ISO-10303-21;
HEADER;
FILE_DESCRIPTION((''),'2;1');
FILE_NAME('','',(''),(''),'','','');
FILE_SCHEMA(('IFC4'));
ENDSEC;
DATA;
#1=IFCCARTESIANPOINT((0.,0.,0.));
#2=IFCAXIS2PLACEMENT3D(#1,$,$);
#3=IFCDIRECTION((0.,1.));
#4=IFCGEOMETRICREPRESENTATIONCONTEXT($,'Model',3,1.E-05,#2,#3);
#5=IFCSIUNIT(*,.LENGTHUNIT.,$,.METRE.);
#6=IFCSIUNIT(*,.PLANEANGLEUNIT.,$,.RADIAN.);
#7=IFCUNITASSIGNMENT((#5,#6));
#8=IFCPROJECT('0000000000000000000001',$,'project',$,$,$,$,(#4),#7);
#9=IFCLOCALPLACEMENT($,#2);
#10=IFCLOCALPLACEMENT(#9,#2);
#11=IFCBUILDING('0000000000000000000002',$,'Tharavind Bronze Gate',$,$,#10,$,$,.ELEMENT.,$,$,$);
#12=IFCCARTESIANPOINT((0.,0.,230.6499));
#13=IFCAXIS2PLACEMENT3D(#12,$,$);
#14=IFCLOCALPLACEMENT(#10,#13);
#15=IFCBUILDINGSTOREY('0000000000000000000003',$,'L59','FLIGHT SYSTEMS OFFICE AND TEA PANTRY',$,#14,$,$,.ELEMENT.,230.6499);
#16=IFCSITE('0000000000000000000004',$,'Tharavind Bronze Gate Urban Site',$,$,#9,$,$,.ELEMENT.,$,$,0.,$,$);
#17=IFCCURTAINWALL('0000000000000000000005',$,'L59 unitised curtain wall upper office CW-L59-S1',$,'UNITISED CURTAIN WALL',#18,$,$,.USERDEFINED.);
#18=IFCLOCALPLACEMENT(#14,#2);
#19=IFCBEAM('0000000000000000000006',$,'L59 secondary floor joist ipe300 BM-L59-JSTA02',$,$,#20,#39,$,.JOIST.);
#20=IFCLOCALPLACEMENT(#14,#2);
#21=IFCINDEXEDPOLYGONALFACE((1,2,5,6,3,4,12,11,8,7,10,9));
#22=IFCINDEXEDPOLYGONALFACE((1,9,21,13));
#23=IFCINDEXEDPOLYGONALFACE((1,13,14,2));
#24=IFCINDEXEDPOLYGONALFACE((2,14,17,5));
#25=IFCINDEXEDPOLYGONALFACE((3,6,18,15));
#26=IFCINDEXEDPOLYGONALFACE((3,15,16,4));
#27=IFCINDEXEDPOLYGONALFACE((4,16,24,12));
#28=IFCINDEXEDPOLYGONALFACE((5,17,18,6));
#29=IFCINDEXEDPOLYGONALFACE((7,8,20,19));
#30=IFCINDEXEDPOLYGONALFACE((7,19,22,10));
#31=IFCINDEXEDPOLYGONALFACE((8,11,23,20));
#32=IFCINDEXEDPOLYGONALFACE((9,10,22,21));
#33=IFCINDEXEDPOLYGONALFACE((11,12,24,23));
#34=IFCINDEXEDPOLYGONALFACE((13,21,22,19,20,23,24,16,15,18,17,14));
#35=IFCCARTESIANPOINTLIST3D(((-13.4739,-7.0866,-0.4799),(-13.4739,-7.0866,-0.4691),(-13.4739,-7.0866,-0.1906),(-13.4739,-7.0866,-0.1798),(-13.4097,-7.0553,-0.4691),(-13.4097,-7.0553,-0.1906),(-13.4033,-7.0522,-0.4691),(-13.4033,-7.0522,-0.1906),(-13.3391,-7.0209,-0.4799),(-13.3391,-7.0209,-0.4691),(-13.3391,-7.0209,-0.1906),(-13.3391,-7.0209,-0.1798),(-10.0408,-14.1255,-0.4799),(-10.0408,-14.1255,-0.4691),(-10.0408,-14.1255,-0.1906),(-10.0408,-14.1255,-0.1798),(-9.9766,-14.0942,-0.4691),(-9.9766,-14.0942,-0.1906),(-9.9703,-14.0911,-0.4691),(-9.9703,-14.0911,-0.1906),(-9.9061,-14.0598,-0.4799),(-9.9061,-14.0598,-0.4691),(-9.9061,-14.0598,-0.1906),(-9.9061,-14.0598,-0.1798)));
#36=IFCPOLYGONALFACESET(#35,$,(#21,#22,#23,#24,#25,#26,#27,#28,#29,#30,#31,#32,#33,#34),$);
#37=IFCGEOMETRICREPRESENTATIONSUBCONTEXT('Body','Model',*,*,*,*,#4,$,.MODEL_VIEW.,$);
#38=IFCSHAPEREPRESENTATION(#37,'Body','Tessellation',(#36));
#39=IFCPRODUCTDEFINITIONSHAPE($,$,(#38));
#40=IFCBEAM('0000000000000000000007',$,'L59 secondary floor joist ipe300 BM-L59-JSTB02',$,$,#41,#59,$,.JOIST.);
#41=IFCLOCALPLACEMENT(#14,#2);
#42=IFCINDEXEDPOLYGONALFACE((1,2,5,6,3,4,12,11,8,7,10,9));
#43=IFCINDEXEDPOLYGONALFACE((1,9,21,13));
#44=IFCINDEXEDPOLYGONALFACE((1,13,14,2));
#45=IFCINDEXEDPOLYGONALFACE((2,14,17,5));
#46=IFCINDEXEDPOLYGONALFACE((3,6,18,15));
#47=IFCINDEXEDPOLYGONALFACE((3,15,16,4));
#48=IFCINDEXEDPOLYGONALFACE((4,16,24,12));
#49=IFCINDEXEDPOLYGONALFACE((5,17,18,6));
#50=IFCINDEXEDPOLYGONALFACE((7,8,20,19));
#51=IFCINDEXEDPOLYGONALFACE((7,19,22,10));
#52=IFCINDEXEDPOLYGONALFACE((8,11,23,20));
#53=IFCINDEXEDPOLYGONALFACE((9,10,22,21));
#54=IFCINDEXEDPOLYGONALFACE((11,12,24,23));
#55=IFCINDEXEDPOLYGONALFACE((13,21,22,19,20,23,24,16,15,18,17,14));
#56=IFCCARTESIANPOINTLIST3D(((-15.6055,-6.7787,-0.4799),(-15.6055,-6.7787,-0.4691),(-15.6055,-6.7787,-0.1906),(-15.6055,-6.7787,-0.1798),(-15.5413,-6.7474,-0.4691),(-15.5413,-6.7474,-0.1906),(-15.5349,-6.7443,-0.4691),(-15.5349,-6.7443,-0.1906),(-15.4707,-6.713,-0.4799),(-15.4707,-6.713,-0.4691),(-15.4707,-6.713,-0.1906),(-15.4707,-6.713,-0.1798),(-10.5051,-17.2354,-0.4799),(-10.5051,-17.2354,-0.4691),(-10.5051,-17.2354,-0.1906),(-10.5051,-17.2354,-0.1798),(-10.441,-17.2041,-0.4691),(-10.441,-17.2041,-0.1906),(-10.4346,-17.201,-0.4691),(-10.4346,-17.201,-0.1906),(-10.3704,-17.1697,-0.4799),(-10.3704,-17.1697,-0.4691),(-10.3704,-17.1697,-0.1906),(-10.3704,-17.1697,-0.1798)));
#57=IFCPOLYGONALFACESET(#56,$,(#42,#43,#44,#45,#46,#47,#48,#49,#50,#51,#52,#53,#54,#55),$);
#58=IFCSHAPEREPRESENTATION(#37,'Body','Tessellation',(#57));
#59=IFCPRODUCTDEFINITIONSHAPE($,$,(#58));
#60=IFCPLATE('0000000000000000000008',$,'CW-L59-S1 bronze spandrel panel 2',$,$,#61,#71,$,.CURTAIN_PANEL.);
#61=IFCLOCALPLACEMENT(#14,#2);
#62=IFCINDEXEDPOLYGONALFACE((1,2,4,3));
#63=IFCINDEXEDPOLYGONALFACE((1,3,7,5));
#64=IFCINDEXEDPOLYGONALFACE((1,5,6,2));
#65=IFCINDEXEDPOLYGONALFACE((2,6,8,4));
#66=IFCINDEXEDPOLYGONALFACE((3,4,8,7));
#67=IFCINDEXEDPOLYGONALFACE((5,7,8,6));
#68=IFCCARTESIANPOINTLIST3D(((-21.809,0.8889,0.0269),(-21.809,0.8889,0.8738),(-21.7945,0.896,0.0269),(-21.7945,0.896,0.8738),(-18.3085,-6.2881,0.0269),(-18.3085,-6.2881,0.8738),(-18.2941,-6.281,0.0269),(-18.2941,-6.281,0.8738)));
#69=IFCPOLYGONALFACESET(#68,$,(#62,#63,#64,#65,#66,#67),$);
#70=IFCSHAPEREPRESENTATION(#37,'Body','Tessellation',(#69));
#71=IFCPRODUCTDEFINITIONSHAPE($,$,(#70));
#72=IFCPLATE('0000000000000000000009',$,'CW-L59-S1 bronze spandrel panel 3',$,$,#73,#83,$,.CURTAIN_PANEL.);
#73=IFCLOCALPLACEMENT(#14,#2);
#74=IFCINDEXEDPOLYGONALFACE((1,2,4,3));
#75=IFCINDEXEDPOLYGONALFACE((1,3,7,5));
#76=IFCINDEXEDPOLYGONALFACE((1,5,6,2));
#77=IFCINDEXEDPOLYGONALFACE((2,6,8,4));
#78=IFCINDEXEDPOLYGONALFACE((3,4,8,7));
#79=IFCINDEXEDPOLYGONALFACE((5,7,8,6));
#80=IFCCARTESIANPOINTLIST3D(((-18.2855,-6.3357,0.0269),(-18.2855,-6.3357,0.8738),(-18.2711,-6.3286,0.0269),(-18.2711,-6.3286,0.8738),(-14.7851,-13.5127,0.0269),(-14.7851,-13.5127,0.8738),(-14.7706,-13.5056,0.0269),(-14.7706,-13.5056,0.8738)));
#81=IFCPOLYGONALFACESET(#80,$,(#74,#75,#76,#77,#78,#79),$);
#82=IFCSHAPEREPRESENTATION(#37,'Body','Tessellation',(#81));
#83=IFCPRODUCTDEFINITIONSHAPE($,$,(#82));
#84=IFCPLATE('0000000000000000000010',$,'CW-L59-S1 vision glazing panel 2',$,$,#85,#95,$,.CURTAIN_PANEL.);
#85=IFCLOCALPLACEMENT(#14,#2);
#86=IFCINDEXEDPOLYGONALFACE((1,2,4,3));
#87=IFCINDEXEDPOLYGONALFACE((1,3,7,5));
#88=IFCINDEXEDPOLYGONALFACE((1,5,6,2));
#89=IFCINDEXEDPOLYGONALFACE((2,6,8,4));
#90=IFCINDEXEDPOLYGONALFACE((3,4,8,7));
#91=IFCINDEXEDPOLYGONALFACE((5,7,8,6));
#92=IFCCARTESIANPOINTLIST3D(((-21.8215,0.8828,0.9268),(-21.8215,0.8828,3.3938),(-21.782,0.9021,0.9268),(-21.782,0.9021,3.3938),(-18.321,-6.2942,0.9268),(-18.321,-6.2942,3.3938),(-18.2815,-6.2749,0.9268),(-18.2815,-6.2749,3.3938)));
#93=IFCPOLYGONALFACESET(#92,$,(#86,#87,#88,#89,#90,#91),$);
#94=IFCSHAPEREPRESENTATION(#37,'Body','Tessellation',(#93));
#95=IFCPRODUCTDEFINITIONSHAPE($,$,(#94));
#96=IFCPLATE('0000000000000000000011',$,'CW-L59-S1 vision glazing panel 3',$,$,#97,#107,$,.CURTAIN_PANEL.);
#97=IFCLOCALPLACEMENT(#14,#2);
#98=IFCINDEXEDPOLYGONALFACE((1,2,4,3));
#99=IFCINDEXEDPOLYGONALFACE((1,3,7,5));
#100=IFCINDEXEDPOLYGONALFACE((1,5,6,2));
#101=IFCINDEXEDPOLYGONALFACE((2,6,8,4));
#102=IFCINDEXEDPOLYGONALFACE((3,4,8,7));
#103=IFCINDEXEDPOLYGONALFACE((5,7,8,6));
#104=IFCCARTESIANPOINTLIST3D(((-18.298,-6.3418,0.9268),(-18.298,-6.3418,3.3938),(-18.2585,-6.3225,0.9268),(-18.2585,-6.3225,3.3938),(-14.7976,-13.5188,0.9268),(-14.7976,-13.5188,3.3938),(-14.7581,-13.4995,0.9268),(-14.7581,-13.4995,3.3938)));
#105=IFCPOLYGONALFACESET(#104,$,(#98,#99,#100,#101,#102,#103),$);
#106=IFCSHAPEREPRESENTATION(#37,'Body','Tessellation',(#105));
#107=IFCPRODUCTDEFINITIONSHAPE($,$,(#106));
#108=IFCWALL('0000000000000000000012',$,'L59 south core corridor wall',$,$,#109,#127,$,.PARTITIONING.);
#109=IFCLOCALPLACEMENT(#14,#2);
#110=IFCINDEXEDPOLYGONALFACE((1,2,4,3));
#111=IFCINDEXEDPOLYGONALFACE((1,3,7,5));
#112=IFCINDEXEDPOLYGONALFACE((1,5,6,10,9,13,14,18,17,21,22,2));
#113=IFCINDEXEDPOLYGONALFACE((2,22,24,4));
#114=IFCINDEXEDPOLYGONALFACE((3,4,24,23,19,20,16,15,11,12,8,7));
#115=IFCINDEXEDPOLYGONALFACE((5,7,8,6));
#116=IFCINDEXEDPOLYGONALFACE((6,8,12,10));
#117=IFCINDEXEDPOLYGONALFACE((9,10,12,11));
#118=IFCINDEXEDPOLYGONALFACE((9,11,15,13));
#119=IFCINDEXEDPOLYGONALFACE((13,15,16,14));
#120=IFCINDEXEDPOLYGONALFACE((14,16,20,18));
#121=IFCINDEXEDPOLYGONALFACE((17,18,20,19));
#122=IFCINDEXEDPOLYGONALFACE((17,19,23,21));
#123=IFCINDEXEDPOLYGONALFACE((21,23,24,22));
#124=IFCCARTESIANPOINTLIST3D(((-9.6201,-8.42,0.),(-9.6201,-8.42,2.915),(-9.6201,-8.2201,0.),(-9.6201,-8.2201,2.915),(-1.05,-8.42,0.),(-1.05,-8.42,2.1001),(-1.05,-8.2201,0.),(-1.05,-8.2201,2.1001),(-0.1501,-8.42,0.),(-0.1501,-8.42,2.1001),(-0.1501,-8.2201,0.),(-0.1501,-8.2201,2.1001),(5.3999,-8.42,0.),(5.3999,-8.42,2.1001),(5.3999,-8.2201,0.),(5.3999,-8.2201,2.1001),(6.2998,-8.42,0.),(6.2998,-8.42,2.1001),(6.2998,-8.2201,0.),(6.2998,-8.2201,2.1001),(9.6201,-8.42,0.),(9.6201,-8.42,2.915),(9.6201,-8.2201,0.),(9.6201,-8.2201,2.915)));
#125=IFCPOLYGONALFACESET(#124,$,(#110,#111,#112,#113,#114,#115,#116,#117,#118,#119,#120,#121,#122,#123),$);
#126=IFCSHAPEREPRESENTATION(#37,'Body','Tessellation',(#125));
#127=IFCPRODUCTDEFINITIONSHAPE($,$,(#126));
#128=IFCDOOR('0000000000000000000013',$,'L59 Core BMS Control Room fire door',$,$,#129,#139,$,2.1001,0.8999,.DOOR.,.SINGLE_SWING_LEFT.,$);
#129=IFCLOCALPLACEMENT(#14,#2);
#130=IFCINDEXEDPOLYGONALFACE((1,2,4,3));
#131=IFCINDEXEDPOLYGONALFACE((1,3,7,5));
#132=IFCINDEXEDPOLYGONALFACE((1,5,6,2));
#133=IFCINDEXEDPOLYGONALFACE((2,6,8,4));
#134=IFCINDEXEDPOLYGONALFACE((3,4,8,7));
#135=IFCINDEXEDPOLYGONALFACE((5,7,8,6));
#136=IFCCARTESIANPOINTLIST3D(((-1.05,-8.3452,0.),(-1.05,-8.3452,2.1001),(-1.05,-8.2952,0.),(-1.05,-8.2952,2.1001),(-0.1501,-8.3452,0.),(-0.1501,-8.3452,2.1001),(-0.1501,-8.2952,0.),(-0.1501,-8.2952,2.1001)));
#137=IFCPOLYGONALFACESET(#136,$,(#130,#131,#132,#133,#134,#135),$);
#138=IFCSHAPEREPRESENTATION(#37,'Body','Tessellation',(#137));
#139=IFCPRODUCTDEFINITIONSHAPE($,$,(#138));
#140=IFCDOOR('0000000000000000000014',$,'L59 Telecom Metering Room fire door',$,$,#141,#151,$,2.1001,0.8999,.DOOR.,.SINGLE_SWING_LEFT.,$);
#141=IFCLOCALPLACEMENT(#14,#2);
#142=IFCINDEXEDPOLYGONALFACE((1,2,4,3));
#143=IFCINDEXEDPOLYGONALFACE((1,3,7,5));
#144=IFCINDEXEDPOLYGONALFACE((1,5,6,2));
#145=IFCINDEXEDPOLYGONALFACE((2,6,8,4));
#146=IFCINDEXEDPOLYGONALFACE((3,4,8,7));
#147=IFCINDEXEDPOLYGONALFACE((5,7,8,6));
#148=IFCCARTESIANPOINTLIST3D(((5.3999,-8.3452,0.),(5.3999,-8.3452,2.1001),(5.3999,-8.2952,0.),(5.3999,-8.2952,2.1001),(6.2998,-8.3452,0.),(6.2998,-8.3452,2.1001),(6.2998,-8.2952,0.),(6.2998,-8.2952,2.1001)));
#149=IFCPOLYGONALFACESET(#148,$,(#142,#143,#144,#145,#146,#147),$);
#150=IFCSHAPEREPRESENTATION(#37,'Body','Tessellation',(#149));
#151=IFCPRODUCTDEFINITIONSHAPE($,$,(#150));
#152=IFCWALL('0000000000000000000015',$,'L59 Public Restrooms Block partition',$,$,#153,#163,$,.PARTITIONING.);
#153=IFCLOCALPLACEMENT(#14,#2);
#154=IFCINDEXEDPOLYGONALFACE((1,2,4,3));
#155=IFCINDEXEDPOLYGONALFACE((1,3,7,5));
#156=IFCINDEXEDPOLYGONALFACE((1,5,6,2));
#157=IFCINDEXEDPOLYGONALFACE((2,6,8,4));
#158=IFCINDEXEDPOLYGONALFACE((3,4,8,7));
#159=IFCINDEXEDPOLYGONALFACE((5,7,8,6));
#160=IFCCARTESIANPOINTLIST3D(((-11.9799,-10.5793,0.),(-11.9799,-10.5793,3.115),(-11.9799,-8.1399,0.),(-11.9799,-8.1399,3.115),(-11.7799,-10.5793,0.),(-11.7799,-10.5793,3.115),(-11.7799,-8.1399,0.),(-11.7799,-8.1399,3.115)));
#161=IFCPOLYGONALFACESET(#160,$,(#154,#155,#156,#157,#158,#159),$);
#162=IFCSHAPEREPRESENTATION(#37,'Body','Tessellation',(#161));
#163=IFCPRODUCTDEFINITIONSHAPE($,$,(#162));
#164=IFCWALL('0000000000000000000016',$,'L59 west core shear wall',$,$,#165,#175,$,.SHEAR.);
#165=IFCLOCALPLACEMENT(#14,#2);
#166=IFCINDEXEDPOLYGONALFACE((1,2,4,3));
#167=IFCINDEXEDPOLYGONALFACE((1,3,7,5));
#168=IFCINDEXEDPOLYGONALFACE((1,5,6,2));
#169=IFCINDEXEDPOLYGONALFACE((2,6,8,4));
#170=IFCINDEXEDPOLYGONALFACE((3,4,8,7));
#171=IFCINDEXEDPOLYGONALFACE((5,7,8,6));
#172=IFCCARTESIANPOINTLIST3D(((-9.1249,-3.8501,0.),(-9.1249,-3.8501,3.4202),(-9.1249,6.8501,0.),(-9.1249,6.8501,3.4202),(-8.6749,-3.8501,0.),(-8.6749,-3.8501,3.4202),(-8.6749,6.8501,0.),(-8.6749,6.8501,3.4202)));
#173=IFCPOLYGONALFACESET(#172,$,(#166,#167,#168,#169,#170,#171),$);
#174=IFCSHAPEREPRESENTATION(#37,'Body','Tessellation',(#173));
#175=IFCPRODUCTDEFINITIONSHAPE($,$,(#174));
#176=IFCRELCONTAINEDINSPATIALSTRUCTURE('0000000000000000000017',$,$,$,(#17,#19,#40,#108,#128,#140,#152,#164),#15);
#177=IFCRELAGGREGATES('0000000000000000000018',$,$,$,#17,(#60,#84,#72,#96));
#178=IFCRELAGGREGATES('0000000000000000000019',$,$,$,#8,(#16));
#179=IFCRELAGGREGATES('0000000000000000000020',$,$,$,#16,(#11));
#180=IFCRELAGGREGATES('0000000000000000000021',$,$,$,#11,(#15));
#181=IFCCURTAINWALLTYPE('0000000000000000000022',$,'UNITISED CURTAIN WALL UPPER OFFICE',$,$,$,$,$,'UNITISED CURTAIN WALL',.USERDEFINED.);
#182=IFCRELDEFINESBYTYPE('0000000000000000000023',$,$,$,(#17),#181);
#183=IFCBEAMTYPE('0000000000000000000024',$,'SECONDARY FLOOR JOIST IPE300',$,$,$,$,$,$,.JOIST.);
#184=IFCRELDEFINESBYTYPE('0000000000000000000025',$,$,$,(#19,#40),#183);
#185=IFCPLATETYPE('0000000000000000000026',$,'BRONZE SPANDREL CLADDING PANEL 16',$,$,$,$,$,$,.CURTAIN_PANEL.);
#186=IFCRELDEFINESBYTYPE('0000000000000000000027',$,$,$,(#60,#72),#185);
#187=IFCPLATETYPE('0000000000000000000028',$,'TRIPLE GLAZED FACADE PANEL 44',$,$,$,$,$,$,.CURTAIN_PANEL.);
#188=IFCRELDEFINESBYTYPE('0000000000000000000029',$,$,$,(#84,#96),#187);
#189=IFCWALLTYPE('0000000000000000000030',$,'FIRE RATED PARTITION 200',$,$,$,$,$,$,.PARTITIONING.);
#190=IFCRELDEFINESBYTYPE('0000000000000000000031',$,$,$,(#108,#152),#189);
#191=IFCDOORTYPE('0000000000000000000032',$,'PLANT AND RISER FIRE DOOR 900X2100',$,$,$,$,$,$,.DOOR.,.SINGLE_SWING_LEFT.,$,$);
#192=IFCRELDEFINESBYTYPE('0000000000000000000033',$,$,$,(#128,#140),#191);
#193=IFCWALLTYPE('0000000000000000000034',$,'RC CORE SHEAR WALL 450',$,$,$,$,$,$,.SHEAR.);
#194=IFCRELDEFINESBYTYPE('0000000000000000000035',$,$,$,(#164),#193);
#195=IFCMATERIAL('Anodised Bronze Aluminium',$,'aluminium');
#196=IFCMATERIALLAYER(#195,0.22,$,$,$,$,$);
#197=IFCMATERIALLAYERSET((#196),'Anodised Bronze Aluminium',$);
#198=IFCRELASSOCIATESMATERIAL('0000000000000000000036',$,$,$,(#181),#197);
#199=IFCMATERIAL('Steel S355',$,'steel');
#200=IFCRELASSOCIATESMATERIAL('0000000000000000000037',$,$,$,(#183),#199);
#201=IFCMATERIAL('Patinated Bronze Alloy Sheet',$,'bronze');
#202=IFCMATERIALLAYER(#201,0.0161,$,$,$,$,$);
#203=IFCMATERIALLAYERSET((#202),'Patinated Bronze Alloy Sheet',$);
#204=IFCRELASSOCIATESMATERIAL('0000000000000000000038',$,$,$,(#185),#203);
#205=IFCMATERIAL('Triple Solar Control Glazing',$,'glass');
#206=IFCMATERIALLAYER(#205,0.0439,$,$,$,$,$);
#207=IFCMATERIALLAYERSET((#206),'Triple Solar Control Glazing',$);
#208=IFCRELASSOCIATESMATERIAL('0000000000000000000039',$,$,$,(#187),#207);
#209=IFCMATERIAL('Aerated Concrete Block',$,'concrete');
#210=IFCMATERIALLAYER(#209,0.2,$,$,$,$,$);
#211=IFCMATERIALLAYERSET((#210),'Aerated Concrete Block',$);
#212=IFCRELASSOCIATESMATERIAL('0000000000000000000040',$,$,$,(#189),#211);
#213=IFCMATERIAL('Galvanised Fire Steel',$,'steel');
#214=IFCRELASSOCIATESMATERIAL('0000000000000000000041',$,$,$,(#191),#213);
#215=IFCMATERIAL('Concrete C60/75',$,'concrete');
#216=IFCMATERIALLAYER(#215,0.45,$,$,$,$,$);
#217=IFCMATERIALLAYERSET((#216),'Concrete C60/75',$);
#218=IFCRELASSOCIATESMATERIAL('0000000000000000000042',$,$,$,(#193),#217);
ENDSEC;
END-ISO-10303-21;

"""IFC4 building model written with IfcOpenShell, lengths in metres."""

from ifc_helpers import new_model, si_unit, direction, frame, frame_2d, origin, origin_2d, place, context, subcontext, project, spatial, rectangle, i_section, extrude, material, layer, layer_set, material_profile, profile_set, type_object, element, fill, aggregate, save


model = new_model("IFC4")

# Units and contexts
model_context = context("Model", 3, precision=1e-05, world=origin(), true_north=direction((0.0, 1.0)))
body_context = subcontext(model_context, "Body", "Model", "MODEL_VIEW")
ifc_project = project(units=[si_unit("LENGTHUNIT", "METRE"), si_unit("PLANEANGLEUNIT", "RADIAN")], contexts=[model_context])

# Site, building, storey
site_placement = place(None, origin())
site = spatial("IfcSite", under=ifc_project, at=site_placement, Name="Tharavind Bronze Gate Urban Site", CompositionType="ELEMENT", RefElevation=0.0)
building_placement = place(site_placement, origin())
building = spatial("IfcBuilding", under=site, at=building_placement, Name="Tharavind Bronze Gate", CompositionType="ELEMENT")
storey_placement = place(building_placement, frame((0.0, 0.0, 230.6499)))
storey = spatial("IfcBuildingStorey", under=building, at=storey_placement, Name="L59", Description="FLIGHT SYSTEMS OFFICE AND TEA PANTRY", CompositionType="ELEMENT", Elevation=230.6499)

# Curtain wall
ifc_material_1 = material(Name="Anodised Bronze Aluminium", Category="aluminium")
ifc_layer_1 = layer(ifc_material_1, 0.22)
ifc_layer_set_1 = layer_set([ifc_layer_1], Name="Anodised Bronze Aluminium")
curtain_wall_type = type_object("IfcCurtainWallType", Name="UNITISED CURTAIN WALL UPPER OFFICE", ElementType="UNITISED CURTAIN WALL", PredefinedType="USERDEFINED", material=ifc_layer_set_1)
curtain_wall_placement = place(storey_placement, origin())
curtain_wall = element("IfcCurtainWall", 1, at=curtain_wall_placement, inside=storey, type_object=curtain_wall_type, Name="L59 unitised curtain wall upper office CW-L59-S1", ObjectType="UNITISED CURTAIN WALL", PredefinedType="USERDEFINED")

# Beams
ifc_material_2 = material(Name="Steel S355", Category="steel")
ifc_material_profile_1 = material_profile(ifc_material_2, i_section(OverallWidth=0.1499, OverallDepth=0.3, WebThickness=0.0071, FlangeThickness=0.0107, at=origin_2d()), Name="IPE300")
ifc_profile_set_1 = profile_set([ifc_material_profile_1], Name="Steel S355")
beam_type_1 = type_object("IfcBeamType", Name="SECONDARY FLOOR JOIST IPE300", PredefinedType="JOIST", material=ifc_profile_set_1)
beam_1_placement = place(storey_placement, frame((-13.4065, -7.0537, -0.3298), z_axis=(0.438363, -0.898798, 0.0), x_axis=(0.898798, 0.438363, 0.0)))
element("IfcBeam", 2, at=beam_1_placement, inside=storey, type_object=beam_type_1, Name="L59 secondary floor joist ipe300 BM-L59-JSTA02", PredefinedType="JOIST", context=body_context, shape_type="SweptSolid", body=[
    extrude(i_section(OverallWidth=0.1499, OverallDepth=0.3, WebThickness=0.0071, FlangeThickness=0.0107, at=origin_2d()), origin(), (0.0, 0.0, 1.0), 7.8315),
])
beam_2_placement = place(storey_placement, frame((-15.5381, -6.7458, -0.3298), z_axis=(0.438387, -0.898786, 0.0), x_axis=(0.898786, 0.438387, 0.0)))
element("IfcBeam", 3, at=beam_2_placement, inside=storey, type_object=beam_type_1, Name="L59 secondary floor joist ipe300 BM-L59-JSTB02", PredefinedType="JOIST", context=body_context, shape_type="SweptSolid", body=[
    extrude(i_section(OverallWidth=0.1499, OverallDepth=0.3, WebThickness=0.0071, FlangeThickness=0.0107, at=origin_2d()), origin(), (0.0, 0.0, 1.0), 11.6343),
])

# Plates
ifc_material_3 = material(Name="Patinated Bronze Alloy Sheet", Category="bronze")
ifc_layer_2 = layer(ifc_material_3, 0.0161)
ifc_layer_set_2 = layer_set([ifc_layer_2], Name="Patinated Bronze Alloy Sheet")
plate_type_1 = type_object("IfcPlateType", Name="BRONZE SPANDREL CLADDING PANEL 16", PredefinedType="CURTAIN_PANEL", material=ifc_layer_set_2)
plate_1_placement = place(storey_placement, frame((-20.0515, -2.696, 0.0269), z_axis=(0.0, 0.0, 1.0), x_axis=(0.438371, -0.898794, 0.0)))
plate_1 = element("IfcPlate", 4, at=plate_1_placement, type_object=plate_type_1, Name="CW-L59-S1 bronze spandrel panel 2", PredefinedType="CURTAIN_PANEL", context=body_context, shape_type="SweptSolid", body=[
    extrude(rectangle(XDim=7.9851, YDim=0.0161, at=origin_2d()), origin(), (0.0, 0.0, 1.0), 0.8469),
])
plate_2_placement = place(storey_placement, frame((-16.5281, -9.9207, 0.0269), z_axis=(0.0, 0.0, 1.0), x_axis=(0.438371, -0.898794, 0.0)))
plate_2 = element("IfcPlate", 5, at=plate_2_placement, type_object=plate_type_1, Name="CW-L59-S1 bronze spandrel panel 3", PredefinedType="CURTAIN_PANEL", context=body_context, shape_type="SweptSolid", body=[
    extrude(rectangle(XDim=7.9851, YDim=0.0161, at=origin_2d()), origin(), (0.0, 0.0, 1.0), 0.8469),
])
ifc_material_4 = material(Name="Triple Solar Control Glazing", Category="glass")
ifc_layer_3 = layer(ifc_material_4, 0.0439)
ifc_layer_set_3 = layer_set([ifc_layer_3], Name="Triple Solar Control Glazing")
plate_type_2 = type_object("IfcPlateType", Name="TRIPLE GLAZED FACADE PANEL 44", PredefinedType="CURTAIN_PANEL", material=ifc_layer_set_3)
plate_3_placement = place(storey_placement, frame((-20.0515, -2.696, 0.9268), z_axis=(0.0, 0.0, 1.0), x_axis=(0.438371, -0.898794, 0.0)))
plate_3 = element("IfcPlate", 6, at=plate_3_placement, type_object=plate_type_2, Name="CW-L59-S1 vision glazing panel 2", PredefinedType="CURTAIN_PANEL", context=body_context, shape_type="SweptSolid", body=[
    extrude(rectangle(XDim=7.9851, YDim=0.0439, at=origin_2d()), origin(), (0.0, 0.0, 1.0), 2.467),
])
plate_4_placement = place(storey_placement, frame((-16.5281, -9.9207, 0.9268), z_axis=(0.0, 0.0, 1.0), x_axis=(0.438371, -0.898794, 0.0)))
plate_4 = element("IfcPlate", 7, at=plate_4_placement, type_object=plate_type_2, Name="CW-L59-S1 vision glazing panel 3", PredefinedType="CURTAIN_PANEL", context=body_context, shape_type="SweptSolid", body=[
    extrude(rectangle(XDim=7.9851, YDim=0.0439, at=origin_2d()), origin(), (0.0, 0.0, 1.0), 2.467),
])
aggregate(curtain_wall, [plate_1, plate_3, plate_2, plate_4])

# Wall, openings, doors
ifc_material_5 = material(Name="Aerated Concrete Block", Category="concrete")
ifc_layer_4 = layer(ifc_material_5, 0.2)
ifc_layer_set_4 = layer_set([ifc_layer_4], Name="Aerated Concrete Block")
wall_type_1 = type_object("IfcWallType", Name="FIRE RATED PARTITION 200", PredefinedType="PARTITIONING", material=ifc_layer_set_4)
wall_1_placement = place(storey_placement, frame((-9.6201, -8.3201, 0.0), z_axis=(0.0, 0.0, 1.0), x_axis=(1.0, 0.0, 0.0)))
wall_1 = element("IfcWall", 8, at=wall_1_placement, inside=storey, type_object=wall_type_1, Name="L59 south core corridor wall", PredefinedType="PARTITIONING", context=body_context, shape_type="SweptSolid", body=[
    extrude(rectangle(XDim=19.2402, YDim=0.2, at=frame_2d((9.6201, 0.0))), origin(), (0.0, 0.0, 1.0), 2.915),
])
opening_1_placement = place(wall_1_placement, frame((8.5701, 0.0, 0.0)))
opening_1 = element("IfcOpeningElement", 9, at=opening_1_placement, cuts=wall_1, PredefinedType="OPENING", context=body_context, shape_type="SweptSolid", body=[
    extrude(rectangle(XDim=0.8999, YDim=2.1001, at=frame_2d((0.45, 1.05))), frame((0.0, 0.1101, 0.0), z_axis=(0.0, -1.0, 0.0), x_axis=(1.0, 0.0, 0.0)), (0.0, 0.0, 1.0), 0.22),
])
opening_2_placement = place(wall_1_placement, frame((15.02, 0.0, 0.0)))
opening_2 = element("IfcOpeningElement", 10, at=opening_2_placement, cuts=wall_1, PredefinedType="OPENING", context=body_context, shape_type="SweptSolid", body=[
    extrude(rectangle(XDim=0.8999, YDim=2.1001, at=frame_2d((0.45, 1.05))), frame((0.0, 0.1101, 0.0), z_axis=(0.0, -1.0, 0.0), x_axis=(1.0, 0.0, 0.0)), (0.0, 0.0, 1.0), 0.22),
])
ifc_material_6 = material(Name="Galvanised Fire Steel", Category="steel")
door_type = type_object("IfcDoorType", Name="PLANT AND RISER FIRE DOOR 900X2100", OperationType="SINGLE_SWING_LEFT", PredefinedType="DOOR", material=ifc_material_6)
door_1_placement = place(opening_1_placement, origin())
door_1 = element("IfcDoor", 11, at=door_1_placement, inside=storey, type_object=door_type, Name="L59 Core BMS Control Room fire door", OperationType="SINGLE_SWING_LEFT", OverallHeight=2.1001, OverallWidth=0.8999, PredefinedType="DOOR", context=body_context, shape_type="SweptSolid", body=[
    extrude(rectangle(XDim=0.8999, YDim=2.1001, at=frame_2d((0.45, 1.05))), frame((0.0, 0.0249, 0.0), z_axis=(0.0, -1.0, 0.0), x_axis=(1.0, 0.0, 0.0)), (0.0, 0.0, 1.0), 0.05),
])
fill(opening_1, door_1)
door_2_placement = place(opening_2_placement, origin())
door_2 = element("IfcDoor", 12, at=door_2_placement, inside=storey, type_object=door_type, Name="L59 Telecom Metering Room fire door", OperationType="SINGLE_SWING_LEFT", OverallHeight=2.1001, OverallWidth=0.8999, PredefinedType="DOOR", context=body_context, shape_type="SweptSolid", body=[
    extrude(rectangle(XDim=0.8999, YDim=2.1001, at=frame_2d((0.45, 1.05))), frame((0.0, 0.0249, 0.0), z_axis=(0.0, -1.0, 0.0), x_axis=(1.0, 0.0, 0.0)), (0.0, 0.0, 1.0), 0.05),
])
fill(opening_2, door_2)

# Walls
wall_2_placement = place(storey_placement, frame((-11.8799, -8.1399, 0.0), z_axis=(0.0, 0.0, 1.0), x_axis=(0.0, -1.0, 0.0)))
element("IfcWall", 13, at=wall_2_placement, inside=storey, type_object=wall_type_1, Name="L59 Public Restrooms Block partition", PredefinedType="PARTITIONING", context=body_context, shape_type="SweptSolid", body=[
    extrude(rectangle(XDim=2.4395, YDim=0.2, at=frame_2d((1.2197, 0.0))), origin(), (0.0, 0.0, 1.0), 3.115),
])
ifc_material_7 = material(Name="Concrete C60/75", Category="concrete")
ifc_layer_5 = layer(ifc_material_7, 0.45)
ifc_layer_set_5 = layer_set([ifc_layer_5], Name="Concrete C60/75")
wall_type_2 = type_object("IfcWallType", Name="RC CORE SHEAR WALL 450", PredefinedType="SHEAR", material=ifc_layer_set_5)
wall_3_placement = place(storey_placement, frame((-8.8999, -3.8501, 0.0), z_axis=(0.0, 0.0, 1.0), x_axis=(0.0, 1.0, 0.0)))
element("IfcWall", 14, at=wall_3_placement, inside=storey, type_object=wall_type_2, Name="L59 west core shear wall", PredefinedType="SHEAR", context=body_context, shape_type="SweptSolid", body=[
    extrude(rectangle(XDim=10.7002, YDim=0.45, at=frame_2d((5.3501, 0.0))), origin(), (0.0, 0.0, 1.0), 3.4202),
])

save(model, "model.ifc")
